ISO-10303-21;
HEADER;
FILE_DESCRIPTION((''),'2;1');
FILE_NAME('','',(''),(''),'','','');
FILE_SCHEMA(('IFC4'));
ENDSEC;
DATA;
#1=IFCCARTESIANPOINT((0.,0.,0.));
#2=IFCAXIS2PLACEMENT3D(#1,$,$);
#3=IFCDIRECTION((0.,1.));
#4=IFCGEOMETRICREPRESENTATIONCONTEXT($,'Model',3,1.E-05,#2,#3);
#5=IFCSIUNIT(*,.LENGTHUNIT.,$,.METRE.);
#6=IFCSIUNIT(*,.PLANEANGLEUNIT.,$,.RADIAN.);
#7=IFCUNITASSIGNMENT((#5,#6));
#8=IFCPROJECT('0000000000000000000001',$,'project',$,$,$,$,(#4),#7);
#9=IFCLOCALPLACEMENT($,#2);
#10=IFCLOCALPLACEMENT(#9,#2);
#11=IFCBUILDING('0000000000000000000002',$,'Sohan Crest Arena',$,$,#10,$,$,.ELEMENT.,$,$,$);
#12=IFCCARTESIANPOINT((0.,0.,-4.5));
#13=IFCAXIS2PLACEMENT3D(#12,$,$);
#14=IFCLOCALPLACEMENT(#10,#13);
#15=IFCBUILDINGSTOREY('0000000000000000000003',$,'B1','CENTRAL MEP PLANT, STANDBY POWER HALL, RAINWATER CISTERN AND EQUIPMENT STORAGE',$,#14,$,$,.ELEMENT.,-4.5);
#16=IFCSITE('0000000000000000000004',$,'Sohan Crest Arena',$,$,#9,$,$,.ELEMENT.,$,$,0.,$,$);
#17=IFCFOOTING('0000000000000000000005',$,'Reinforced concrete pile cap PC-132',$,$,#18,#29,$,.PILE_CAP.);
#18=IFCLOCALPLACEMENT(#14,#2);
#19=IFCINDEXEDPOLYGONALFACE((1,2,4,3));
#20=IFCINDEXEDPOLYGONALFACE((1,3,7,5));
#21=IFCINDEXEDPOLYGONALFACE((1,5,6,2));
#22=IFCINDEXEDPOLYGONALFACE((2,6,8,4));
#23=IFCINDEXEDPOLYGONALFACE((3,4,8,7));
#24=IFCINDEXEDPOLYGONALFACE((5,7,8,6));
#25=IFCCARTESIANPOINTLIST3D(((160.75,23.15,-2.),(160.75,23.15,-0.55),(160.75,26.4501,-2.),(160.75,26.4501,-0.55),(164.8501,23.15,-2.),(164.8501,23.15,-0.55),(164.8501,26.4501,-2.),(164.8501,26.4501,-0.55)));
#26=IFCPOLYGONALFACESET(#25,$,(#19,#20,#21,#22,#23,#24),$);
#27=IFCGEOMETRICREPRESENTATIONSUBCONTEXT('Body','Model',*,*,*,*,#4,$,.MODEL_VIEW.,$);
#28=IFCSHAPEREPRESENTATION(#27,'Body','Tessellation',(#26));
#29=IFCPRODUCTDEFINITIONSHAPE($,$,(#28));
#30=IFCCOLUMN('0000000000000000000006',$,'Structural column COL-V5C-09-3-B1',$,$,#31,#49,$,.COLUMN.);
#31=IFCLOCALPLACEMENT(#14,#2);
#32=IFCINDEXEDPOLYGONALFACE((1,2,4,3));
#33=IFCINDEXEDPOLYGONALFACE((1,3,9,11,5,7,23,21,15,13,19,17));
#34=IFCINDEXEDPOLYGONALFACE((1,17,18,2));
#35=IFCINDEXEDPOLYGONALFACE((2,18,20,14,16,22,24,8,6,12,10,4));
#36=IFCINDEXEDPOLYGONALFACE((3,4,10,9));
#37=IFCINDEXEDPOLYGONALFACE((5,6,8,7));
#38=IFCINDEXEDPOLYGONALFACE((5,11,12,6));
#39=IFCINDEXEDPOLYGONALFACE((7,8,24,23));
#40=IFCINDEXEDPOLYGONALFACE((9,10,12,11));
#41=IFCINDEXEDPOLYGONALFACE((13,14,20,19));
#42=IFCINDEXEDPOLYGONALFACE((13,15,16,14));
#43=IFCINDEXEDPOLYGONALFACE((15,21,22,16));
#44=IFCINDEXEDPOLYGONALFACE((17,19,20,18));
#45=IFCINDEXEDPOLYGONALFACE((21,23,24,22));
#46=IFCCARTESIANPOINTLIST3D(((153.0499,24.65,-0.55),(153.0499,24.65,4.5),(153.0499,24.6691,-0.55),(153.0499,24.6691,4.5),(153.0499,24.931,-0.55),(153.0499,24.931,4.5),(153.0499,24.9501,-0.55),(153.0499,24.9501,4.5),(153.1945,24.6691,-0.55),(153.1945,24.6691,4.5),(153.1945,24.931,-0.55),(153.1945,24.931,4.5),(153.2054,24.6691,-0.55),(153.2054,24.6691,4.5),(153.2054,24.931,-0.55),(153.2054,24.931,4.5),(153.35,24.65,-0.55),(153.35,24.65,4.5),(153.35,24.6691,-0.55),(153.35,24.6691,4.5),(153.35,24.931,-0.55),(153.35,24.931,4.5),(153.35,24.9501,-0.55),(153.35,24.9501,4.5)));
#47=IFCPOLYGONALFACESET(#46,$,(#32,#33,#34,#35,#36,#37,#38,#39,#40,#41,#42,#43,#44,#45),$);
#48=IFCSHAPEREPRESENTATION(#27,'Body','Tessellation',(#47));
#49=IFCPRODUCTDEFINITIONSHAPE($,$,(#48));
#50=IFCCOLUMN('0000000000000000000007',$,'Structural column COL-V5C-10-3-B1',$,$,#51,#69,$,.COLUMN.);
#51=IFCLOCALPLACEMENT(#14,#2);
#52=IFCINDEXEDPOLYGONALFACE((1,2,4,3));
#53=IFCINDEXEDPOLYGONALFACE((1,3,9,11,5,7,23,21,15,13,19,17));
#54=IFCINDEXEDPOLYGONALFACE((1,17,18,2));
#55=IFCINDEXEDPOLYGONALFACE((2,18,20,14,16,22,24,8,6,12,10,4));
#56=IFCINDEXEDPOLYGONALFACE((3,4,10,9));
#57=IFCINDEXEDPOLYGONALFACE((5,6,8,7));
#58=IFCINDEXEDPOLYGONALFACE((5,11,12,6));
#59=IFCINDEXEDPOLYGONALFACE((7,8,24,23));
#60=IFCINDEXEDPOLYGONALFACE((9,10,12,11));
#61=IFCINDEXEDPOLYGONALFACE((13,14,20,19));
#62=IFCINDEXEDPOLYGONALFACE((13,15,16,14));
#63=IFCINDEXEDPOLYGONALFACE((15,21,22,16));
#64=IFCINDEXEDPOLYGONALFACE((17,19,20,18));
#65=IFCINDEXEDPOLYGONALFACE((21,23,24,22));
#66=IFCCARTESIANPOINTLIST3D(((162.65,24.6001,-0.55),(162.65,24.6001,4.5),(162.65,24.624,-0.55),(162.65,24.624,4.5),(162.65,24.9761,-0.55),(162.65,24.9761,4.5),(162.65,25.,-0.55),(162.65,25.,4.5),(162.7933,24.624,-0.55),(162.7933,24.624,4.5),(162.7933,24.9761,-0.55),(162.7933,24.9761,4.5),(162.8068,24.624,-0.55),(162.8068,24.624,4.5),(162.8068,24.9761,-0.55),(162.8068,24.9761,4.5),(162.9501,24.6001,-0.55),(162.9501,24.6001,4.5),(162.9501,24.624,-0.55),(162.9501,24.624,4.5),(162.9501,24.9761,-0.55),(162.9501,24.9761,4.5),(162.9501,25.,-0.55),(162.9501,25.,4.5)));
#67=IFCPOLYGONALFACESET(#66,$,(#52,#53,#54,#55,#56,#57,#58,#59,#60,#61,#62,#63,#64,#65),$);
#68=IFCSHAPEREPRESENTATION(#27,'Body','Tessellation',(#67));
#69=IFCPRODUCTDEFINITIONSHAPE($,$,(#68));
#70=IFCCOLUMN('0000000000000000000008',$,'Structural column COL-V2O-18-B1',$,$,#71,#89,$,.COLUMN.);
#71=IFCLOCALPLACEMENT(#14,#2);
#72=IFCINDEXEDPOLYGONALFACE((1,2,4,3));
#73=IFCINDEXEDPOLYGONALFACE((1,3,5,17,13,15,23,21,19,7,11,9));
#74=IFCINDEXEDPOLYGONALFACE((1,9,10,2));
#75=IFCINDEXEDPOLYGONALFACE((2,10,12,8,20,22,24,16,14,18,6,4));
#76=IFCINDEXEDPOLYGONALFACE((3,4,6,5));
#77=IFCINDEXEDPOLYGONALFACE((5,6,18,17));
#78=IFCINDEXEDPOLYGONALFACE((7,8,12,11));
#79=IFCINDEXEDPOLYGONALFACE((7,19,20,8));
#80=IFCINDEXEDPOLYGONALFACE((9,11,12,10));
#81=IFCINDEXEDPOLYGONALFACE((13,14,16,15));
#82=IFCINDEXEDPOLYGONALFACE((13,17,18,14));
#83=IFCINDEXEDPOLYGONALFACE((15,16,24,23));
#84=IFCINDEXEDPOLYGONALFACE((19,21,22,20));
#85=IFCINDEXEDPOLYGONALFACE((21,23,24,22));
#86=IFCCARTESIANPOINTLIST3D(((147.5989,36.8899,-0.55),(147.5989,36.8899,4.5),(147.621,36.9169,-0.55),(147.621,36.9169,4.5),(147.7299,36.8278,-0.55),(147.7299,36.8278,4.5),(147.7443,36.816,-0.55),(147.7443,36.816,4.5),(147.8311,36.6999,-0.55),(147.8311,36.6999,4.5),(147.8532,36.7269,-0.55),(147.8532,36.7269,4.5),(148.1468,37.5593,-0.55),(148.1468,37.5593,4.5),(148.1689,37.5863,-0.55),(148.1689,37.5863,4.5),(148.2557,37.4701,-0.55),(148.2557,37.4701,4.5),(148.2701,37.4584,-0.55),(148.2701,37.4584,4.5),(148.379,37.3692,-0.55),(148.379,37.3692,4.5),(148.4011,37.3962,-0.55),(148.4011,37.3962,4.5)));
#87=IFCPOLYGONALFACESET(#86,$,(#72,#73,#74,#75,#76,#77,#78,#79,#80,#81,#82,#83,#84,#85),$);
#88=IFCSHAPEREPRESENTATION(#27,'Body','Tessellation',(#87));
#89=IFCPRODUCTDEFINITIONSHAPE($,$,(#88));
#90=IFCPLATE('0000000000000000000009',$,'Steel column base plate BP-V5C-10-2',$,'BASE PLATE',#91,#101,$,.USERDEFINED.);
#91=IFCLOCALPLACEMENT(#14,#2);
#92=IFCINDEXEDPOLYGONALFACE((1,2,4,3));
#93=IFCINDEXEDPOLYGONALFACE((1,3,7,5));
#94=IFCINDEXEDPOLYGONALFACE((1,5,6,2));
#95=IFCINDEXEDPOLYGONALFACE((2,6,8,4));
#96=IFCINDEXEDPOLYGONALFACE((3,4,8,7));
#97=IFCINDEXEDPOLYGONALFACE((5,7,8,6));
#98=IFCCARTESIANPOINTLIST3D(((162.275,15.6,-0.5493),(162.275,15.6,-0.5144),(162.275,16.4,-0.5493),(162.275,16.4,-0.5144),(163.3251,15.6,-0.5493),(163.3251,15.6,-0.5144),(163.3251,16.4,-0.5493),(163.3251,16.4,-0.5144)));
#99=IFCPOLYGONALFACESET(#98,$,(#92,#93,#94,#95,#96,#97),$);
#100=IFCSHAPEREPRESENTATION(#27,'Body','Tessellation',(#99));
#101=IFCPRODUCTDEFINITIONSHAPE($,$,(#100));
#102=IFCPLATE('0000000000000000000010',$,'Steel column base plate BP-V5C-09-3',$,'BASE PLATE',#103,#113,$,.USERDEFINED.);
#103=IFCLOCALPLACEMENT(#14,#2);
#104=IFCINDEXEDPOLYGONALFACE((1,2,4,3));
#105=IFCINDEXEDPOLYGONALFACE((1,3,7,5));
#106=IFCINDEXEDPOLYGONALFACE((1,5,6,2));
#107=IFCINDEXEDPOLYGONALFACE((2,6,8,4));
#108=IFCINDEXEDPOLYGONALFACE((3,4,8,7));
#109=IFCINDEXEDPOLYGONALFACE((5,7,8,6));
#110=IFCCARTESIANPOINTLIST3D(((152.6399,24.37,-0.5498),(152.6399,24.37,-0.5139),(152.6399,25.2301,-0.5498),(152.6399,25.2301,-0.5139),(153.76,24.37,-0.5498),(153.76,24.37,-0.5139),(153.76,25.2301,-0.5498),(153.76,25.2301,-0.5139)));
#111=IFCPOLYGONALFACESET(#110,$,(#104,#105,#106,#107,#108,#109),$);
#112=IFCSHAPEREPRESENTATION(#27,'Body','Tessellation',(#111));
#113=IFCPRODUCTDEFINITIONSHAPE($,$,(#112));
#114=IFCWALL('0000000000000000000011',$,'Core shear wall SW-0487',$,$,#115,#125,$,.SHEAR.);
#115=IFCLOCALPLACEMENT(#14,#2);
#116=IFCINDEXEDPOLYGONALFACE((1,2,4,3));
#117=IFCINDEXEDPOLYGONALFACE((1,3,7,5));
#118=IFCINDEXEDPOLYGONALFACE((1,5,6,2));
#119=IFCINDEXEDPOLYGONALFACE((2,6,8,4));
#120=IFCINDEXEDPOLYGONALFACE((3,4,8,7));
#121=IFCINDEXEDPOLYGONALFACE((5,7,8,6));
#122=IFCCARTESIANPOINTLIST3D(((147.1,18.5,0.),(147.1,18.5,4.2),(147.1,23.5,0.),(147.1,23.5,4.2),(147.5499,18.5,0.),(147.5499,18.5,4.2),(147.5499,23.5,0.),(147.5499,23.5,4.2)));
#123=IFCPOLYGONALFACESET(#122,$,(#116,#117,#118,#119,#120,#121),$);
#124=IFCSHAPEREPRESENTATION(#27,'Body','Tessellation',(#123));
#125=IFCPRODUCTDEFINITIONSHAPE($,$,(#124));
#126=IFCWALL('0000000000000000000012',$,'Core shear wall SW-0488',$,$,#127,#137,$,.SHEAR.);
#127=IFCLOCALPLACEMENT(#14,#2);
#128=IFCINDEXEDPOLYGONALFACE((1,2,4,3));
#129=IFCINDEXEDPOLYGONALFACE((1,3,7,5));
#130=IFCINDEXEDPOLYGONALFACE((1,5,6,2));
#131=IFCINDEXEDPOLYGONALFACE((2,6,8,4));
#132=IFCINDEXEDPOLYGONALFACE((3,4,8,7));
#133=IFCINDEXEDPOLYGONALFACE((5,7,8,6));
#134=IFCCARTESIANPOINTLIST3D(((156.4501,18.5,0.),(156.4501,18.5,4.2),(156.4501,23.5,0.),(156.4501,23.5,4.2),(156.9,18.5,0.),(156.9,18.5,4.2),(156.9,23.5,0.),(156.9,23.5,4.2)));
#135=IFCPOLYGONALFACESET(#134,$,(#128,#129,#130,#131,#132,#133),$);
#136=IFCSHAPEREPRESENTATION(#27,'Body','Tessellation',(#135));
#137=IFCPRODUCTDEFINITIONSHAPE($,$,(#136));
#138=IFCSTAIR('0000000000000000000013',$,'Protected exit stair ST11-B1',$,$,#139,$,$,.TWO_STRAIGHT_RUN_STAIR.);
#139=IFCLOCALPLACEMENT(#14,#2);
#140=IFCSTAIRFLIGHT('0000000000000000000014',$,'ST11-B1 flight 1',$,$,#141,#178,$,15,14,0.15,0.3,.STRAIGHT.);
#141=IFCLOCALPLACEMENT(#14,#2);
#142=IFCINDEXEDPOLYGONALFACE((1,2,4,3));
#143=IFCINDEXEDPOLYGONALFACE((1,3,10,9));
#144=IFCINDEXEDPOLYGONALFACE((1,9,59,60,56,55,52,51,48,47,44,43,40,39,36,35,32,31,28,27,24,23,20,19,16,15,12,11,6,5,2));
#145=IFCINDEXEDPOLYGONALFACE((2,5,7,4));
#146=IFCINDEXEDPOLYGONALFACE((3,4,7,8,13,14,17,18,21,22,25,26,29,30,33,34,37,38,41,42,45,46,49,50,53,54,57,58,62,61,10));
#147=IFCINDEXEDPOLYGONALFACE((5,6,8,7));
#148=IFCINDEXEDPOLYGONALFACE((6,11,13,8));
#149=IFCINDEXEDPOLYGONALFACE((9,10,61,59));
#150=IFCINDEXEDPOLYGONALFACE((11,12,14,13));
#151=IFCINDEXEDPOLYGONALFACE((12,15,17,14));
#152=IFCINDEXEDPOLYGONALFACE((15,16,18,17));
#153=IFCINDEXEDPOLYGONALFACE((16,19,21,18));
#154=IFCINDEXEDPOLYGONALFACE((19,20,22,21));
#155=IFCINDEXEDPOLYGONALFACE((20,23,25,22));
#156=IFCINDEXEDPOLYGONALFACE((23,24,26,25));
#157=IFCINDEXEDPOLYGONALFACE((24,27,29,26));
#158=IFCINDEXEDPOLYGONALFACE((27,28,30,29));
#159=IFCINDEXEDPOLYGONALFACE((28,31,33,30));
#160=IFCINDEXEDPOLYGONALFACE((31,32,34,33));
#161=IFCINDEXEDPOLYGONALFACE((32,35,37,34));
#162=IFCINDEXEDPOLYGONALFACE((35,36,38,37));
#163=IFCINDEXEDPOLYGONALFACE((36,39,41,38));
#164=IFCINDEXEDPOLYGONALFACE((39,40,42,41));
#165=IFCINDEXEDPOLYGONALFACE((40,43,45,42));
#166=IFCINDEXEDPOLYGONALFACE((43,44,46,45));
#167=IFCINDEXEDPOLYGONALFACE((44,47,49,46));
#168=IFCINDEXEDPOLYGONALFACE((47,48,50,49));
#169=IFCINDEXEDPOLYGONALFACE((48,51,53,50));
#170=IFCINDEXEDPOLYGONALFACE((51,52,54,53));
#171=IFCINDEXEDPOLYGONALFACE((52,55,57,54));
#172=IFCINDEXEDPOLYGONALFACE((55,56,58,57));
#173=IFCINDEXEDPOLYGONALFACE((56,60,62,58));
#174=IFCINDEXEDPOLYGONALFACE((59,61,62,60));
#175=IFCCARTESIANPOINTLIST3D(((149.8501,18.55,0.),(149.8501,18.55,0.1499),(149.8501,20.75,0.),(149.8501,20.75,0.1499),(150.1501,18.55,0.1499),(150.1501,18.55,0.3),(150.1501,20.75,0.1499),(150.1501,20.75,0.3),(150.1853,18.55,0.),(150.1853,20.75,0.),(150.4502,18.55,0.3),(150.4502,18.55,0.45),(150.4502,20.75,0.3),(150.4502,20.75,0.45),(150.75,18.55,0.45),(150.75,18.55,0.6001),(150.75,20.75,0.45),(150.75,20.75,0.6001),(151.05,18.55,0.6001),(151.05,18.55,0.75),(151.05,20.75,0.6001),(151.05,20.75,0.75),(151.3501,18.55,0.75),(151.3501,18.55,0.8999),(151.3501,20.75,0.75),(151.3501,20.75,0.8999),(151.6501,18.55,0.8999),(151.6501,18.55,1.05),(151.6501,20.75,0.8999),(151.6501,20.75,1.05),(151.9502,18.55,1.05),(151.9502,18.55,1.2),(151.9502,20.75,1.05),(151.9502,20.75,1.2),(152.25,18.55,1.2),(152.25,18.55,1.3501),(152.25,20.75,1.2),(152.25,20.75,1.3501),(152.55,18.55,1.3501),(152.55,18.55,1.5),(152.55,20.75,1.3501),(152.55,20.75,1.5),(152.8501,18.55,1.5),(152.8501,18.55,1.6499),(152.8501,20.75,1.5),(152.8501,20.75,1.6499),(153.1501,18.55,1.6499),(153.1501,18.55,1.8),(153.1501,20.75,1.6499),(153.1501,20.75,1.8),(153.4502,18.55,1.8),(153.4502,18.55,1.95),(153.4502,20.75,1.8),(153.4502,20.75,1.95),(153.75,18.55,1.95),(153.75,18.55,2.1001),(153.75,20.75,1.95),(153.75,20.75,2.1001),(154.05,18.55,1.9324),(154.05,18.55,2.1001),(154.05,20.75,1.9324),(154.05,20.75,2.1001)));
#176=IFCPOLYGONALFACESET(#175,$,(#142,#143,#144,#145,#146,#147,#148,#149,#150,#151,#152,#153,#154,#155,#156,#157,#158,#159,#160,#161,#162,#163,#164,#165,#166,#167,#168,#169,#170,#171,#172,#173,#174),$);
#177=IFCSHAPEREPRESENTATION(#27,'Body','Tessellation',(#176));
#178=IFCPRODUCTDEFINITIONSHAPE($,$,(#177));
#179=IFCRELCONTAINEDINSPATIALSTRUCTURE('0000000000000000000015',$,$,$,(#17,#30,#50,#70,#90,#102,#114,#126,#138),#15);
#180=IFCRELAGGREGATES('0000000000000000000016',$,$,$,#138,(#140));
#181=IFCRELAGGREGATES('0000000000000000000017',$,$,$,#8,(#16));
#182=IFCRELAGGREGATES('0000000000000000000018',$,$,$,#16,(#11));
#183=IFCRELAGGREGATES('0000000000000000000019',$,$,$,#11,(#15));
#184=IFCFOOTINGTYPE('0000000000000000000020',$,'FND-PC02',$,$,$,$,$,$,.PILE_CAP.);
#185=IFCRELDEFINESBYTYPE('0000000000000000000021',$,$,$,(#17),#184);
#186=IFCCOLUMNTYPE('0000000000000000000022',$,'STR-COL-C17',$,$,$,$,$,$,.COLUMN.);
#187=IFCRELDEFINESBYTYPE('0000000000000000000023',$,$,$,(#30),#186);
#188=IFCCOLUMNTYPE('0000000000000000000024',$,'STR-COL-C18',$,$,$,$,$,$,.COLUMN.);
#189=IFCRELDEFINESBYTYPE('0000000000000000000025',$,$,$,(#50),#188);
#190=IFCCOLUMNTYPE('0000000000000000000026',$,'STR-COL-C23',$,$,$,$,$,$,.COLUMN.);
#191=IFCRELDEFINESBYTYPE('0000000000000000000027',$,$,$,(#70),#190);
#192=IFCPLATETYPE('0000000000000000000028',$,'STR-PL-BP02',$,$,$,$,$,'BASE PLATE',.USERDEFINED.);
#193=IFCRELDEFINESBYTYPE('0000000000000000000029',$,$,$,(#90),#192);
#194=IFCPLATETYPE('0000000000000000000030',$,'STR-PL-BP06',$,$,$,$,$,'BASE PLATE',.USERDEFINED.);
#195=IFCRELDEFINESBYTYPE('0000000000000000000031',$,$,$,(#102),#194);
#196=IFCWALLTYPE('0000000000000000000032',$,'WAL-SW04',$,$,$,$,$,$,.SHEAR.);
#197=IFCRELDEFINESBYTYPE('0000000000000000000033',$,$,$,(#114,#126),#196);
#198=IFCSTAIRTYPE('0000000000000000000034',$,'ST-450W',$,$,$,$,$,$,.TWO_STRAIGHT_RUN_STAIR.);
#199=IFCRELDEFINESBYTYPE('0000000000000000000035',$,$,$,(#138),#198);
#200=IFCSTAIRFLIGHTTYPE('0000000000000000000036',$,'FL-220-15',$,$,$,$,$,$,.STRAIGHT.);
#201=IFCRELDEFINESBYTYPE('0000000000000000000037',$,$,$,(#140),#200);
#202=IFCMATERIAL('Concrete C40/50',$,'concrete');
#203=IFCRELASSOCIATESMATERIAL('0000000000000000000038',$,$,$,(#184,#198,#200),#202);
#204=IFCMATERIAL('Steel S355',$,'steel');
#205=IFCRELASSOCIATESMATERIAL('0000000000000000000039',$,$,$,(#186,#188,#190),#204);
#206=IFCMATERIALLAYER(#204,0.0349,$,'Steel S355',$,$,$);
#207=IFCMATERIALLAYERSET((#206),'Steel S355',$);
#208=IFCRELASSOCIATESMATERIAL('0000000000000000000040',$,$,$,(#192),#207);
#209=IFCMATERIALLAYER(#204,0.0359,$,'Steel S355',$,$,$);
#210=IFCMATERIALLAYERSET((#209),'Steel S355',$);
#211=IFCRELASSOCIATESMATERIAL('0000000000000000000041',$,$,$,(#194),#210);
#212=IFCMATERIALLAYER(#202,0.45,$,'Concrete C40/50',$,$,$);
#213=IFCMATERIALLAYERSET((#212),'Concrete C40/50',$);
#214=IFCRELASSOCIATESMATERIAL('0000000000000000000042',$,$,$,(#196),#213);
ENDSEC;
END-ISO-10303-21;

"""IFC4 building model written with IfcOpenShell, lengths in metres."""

from ifc_helpers import new_model, si_unit, direction, frame, frame_2d, origin, origin_2d, place, context, subcontext, project, spatial, polyline, rectangle, i_section, outline, extrude, material, layer, layer_set, material_profile, profile_set, type_object, element, aggregate, save


model = new_model("IFC4")

# Units and contexts
model_context = context("Model", 3, precision=1e-05, world=origin(), true_north=direction((0.0, 1.0)))
body_context = subcontext(model_context, "Body", "Model", "MODEL_VIEW")
ifc_project = project(units=[si_unit("LENGTHUNIT", "METRE"), si_unit("PLANEANGLEUNIT", "RADIAN")], contexts=[model_context])

# Site, building, storey
site_placement = place(None, origin())
site = spatial("IfcSite", under=ifc_project, at=site_placement, Name="Sohan Crest Arena", CompositionType="ELEMENT", RefElevation=0.0)
building_placement = place(site_placement, origin())
building = spatial("IfcBuilding", under=site, at=building_placement, Name="Sohan Crest Arena", CompositionType="ELEMENT")
storey_placement = place(building_placement, frame((0.0, 0.0, -4.5)))
storey = spatial("IfcBuildingStorey", under=building, at=storey_placement, Name="B1", Description="CENTRAL MEP PLANT, STANDBY POWER HALL, RAINWATER CISTERN AND EQUIPMENT STORAGE", CompositionType="ELEMENT", Elevation=-4.5)

# Shared definitions
ifc_material_1 = material(Name="Concrete C40/50", Category="concrete")

# Footing
footing_type_1 = type_object("IfcFootingType", Name="FND-PC02", PredefinedType="PILE_CAP", material=ifc_material_1)
for number, where, z_axis, x_axis, name in (
    (1, (162.8, 24.8, -2.0), (0.0, 0.0, 1.0), (1.0, 0.0, 0.0), "Reinforced concrete pile cap PC-132"),
):
    element("IfcFooting", number, at=place(storey_placement, frame(where, z_axis=z_axis, x_axis=x_axis)), inside=storey, type_object=footing_type_1, Name=name, PredefinedType="PILE_CAP", context=body_context, shape_type="SweptSolid", body=[
        extrude(rectangle(XDim=4.1001, YDim=3.3, at=origin_2d()), origin(), (0.0, 0.0, 1.0), 1.45),
    ])

# Columns
ifc_material_2 = material(Name="Steel S355", Category="steel")
ifc_material_profile_1 = material_profile(ifc_material_2, i_section(OverallWidth=0.3, OverallDepth=0.3, WebThickness=0.011, FlangeThickness=0.019, at=origin_2d()), Name="HEB 300")
ifc_profile_set_1 = profile_set([ifc_material_profile_1], Name="Steel S355")
column_type_1 = type_object("IfcColumnType", Name="STR-COL-C17", PredefinedType="COLUMN", material=ifc_profile_set_1)
column_1_placement = place(storey_placement, frame((153.2, 24.8, -0.55), z_axis=(0.0, 0.0, 1.0), x_axis=(1.0, 0.0, 0.0)))
element("IfcColumn", 2, at=column_1_placement, inside=storey, type_object=column_type_1, Name="Structural column COL-V5C-09-3-B1", PredefinedType="COLUMN", context=body_context, shape_type="SweptSolid", body=[
    extrude(i_section(OverallWidth=0.3, OverallDepth=0.3, WebThickness=0.011, FlangeThickness=0.019, at=origin_2d()), origin(), (0.0, 0.0, 1.0), 5.05),
])
ifc_material_profile_2 = material_profile(ifc_material_2, i_section(OverallWidth=0.3, OverallDepth=0.3999, WebThickness=0.0134, FlangeThickness=0.0239, at=origin_2d()), Name="HEB 400")
ifc_profile_set_2 = profile_set([ifc_material_profile_2], Name="Steel S355")
column_type_2 = type_object("IfcColumnType", Name="STR-COL-C18", PredefinedType="COLUMN", material=ifc_profile_set_2)
column_2_placement = place(storey_placement, frame((162.8, 24.8, -0.55), z_axis=(0.0, 0.0, 1.0), x_axis=(1.0, 0.0, 0.0)))
element("IfcColumn", 3, at=column_2_placement, inside=storey, type_object=column_type_2, Name="Structural column COL-V5C-10-3-B1", PredefinedType="COLUMN", context=body_context, shape_type="SweptSolid", body=[
    extrude(i_section(OverallWidth=0.3, OverallDepth=0.3999, WebThickness=0.0134, FlangeThickness=0.0239, at=origin_2d()), origin(), (0.0, 0.0, 1.0), 5.05),
])
ifc_material_profile_3 = material_profile(ifc_material_2, i_section(OverallWidth=0.3, OverallDepth=0.8999, WebThickness=0.0186, FlangeThickness=0.0349, at=origin_2d()), Name="HEB 900")
ifc_profile_set_3 = profile_set([ifc_material_profile_3], Name="Steel S355")
column_type_3 = type_object("IfcColumnType", Name="STR-COL-C23", PredefinedType="COLUMN", material=ifc_profile_set_3)
column_3_placement = place(storey_placement, frame((148.0, 37.1431, -0.55), z_axis=(0.0, 0.0, 1.0), x_axis=(-0.77384, 0.633381, 0.0)))
element("IfcColumn", 4, at=column_3_placement, inside=storey, type_object=column_type_3, Name="Structural column COL-V2O-18-B1", PredefinedType="COLUMN", context=body_context, shape_type="SweptSolid", body=[
    extrude(i_section(OverallWidth=0.3, OverallDepth=0.8999, WebThickness=0.0186, FlangeThickness=0.0349, at=origin_2d()), origin(), (0.0, 0.0, 1.0), 5.05),
])

# Plates
ifc_layer_1 = layer(ifc_material_2, 0.0349, Name="Steel S355")
ifc_layer_set_1 = layer_set([ifc_layer_1], Name="Steel S355")
plate_type_1 = type_object("IfcPlateType", Name="STR-PL-BP02", ElementType="BASE PLATE", PredefinedType="USERDEFINED", material=ifc_layer_set_1)
plate_1_placement = place(storey_placement, frame((162.8, 16.0, -0.5493), z_axis=(0.0, 0.0, 1.0), x_axis=(1.0, 0.0, 0.0)))
element("IfcPlate", 5, at=plate_1_placement, inside=storey, type_object=plate_type_1, Name="Steel column base plate BP-V5C-10-2", ObjectType="BASE PLATE", PredefinedType="USERDEFINED", context=body_context, shape_type="SweptSolid", body=[
    extrude(rectangle(XDim=1.05, YDim=0.8, at=origin_2d()), origin(), (0.0, 0.0, 1.0), 0.0349),
])
ifc_layer_2 = layer(ifc_material_2, 0.0359, Name="Steel S355")
ifc_layer_set_2 = layer_set([ifc_layer_2], Name="Steel S355")
plate_type_2 = type_object("IfcPlateType", Name="STR-PL-BP06", ElementType="BASE PLATE", PredefinedType="USERDEFINED", material=ifc_layer_set_2)
plate_2_placement = place(storey_placement, frame((153.2, 24.8, -0.5498), z_axis=(0.0, 0.0, 1.0), x_axis=(1.0, 0.0, 0.0)))
element("IfcPlate", 6, at=plate_2_placement, inside=storey, type_object=plate_type_2, Name="Steel column base plate BP-V5C-09-3", ObjectType="BASE PLATE", PredefinedType="USERDEFINED", context=body_context, shape_type="SweptSolid", body=[
    extrude(rectangle(XDim=1.1201, YDim=0.8601, at=origin_2d()), origin(), (0.0, 0.0, 1.0), 0.0359),
])

# Walls
ifc_layer_3 = layer(ifc_material_1, 0.45, Name="Concrete C40/50")
ifc_layer_set_3 = layer_set([ifc_layer_3], Name="Concrete C40/50")
wall_type = type_object("IfcWallType", Name="WAL-SW04", PredefinedType="SHEAR", material=ifc_layer_set_3)
for number, where, z_axis, x_axis, name in (
    (7, (147.325, 18.5, 0.0), (0.0, 0.0, 1.0), (0.0, 1.0, 0.0), "Core shear wall SW-0487"),
    (8, (156.675, 18.5, 0.0), (0.0, 0.0, 1.0), (0.0, 1.0, 0.0), "Core shear wall SW-0488"),
):
    element("IfcWall", number, at=place(storey_placement, frame(where, z_axis=z_axis, x_axis=x_axis)), inside=storey, type_object=wall_type, Name=name, PredefinedType="SHEAR", context=body_context, shape_type="SweptSolid", body=[
        extrude(rectangle(XDim=5.0, YDim=0.45, at=frame_2d((2.5, 0.0))), origin(), (0.0, 0.0, 1.0), 4.2),
    ])

# Stair, stair flight
stair_type = type_object("IfcStairType", Name="ST-450W", PredefinedType="TWO_STRAIGHT_RUN_STAIR", material=ifc_material_1)
stair_placement = place(storey_placement, origin())
stair = element("IfcStair", 9, at=stair_placement, inside=storey, type_object=stair_type, Name="Protected exit stair ST11-B1", PredefinedType="TWO_STRAIGHT_RUN_STAIR")
stair_flight_type = type_object("IfcStairFlightType", Name="FL-220-15", PredefinedType="STRAIGHT", material=ifc_material_1)
stair_flight_1_placement = place(storey_placement, frame((149.8501, 19.6499, 0.0), z_axis=(0.0, 0.0, 1.0), x_axis=(1.0, 0.0, 0.0)))
stair_flight_1 = element("IfcStairFlight", 10, at=stair_flight_1_placement, type_object=stair_flight_type, Name="ST11-B1 flight 1", NumberOfRisers=15, NumberOfTreads=14, PredefinedType="STRAIGHT", RiserHeight=0.15, TreadLength=0.3, context=body_context, shape_type="SweptSolid", body=[
    extrude(outline(polyline([(0.0, 0.0), (0.0, 0.1499), (0.3, 0.1499), (0.3, 0.3), (0.6001, 0.3), (0.6001, 0.45), (0.8999, 0.45), (0.8999, 0.6001), (1.2, 0.6001), (1.2, 0.75), (1.5, 0.75), (1.5, 0.8999), (1.8, 0.8999), (1.8, 1.05), (2.1001, 1.05), (2.1001, 1.2), (2.3999, 1.2), (2.3999, 1.3501), (2.7, 1.3501), (2.7, 1.5), (3.0, 1.5), (3.0, 1.6499), (3.3, 1.6499), (3.3, 1.8), (3.6001, 1.8), (3.6001, 1.95), (3.8999, 1.95), (3.8999, 2.1001), (4.2, 2.1001), (4.2, 2.25), (4.2, 1.9324), (0.3352, 0.0), (0.0, 0.0)])), frame((0.0, 1.1001, 0.0), z_axis=(0.0, -1.0, 0.0), x_axis=(1.0, 0.0, 0.0)), (0.0, 0.0, 1.0), 2.2),
])
aggregate(stair, [stair_flight_1])

save(model, "model.ifc")
